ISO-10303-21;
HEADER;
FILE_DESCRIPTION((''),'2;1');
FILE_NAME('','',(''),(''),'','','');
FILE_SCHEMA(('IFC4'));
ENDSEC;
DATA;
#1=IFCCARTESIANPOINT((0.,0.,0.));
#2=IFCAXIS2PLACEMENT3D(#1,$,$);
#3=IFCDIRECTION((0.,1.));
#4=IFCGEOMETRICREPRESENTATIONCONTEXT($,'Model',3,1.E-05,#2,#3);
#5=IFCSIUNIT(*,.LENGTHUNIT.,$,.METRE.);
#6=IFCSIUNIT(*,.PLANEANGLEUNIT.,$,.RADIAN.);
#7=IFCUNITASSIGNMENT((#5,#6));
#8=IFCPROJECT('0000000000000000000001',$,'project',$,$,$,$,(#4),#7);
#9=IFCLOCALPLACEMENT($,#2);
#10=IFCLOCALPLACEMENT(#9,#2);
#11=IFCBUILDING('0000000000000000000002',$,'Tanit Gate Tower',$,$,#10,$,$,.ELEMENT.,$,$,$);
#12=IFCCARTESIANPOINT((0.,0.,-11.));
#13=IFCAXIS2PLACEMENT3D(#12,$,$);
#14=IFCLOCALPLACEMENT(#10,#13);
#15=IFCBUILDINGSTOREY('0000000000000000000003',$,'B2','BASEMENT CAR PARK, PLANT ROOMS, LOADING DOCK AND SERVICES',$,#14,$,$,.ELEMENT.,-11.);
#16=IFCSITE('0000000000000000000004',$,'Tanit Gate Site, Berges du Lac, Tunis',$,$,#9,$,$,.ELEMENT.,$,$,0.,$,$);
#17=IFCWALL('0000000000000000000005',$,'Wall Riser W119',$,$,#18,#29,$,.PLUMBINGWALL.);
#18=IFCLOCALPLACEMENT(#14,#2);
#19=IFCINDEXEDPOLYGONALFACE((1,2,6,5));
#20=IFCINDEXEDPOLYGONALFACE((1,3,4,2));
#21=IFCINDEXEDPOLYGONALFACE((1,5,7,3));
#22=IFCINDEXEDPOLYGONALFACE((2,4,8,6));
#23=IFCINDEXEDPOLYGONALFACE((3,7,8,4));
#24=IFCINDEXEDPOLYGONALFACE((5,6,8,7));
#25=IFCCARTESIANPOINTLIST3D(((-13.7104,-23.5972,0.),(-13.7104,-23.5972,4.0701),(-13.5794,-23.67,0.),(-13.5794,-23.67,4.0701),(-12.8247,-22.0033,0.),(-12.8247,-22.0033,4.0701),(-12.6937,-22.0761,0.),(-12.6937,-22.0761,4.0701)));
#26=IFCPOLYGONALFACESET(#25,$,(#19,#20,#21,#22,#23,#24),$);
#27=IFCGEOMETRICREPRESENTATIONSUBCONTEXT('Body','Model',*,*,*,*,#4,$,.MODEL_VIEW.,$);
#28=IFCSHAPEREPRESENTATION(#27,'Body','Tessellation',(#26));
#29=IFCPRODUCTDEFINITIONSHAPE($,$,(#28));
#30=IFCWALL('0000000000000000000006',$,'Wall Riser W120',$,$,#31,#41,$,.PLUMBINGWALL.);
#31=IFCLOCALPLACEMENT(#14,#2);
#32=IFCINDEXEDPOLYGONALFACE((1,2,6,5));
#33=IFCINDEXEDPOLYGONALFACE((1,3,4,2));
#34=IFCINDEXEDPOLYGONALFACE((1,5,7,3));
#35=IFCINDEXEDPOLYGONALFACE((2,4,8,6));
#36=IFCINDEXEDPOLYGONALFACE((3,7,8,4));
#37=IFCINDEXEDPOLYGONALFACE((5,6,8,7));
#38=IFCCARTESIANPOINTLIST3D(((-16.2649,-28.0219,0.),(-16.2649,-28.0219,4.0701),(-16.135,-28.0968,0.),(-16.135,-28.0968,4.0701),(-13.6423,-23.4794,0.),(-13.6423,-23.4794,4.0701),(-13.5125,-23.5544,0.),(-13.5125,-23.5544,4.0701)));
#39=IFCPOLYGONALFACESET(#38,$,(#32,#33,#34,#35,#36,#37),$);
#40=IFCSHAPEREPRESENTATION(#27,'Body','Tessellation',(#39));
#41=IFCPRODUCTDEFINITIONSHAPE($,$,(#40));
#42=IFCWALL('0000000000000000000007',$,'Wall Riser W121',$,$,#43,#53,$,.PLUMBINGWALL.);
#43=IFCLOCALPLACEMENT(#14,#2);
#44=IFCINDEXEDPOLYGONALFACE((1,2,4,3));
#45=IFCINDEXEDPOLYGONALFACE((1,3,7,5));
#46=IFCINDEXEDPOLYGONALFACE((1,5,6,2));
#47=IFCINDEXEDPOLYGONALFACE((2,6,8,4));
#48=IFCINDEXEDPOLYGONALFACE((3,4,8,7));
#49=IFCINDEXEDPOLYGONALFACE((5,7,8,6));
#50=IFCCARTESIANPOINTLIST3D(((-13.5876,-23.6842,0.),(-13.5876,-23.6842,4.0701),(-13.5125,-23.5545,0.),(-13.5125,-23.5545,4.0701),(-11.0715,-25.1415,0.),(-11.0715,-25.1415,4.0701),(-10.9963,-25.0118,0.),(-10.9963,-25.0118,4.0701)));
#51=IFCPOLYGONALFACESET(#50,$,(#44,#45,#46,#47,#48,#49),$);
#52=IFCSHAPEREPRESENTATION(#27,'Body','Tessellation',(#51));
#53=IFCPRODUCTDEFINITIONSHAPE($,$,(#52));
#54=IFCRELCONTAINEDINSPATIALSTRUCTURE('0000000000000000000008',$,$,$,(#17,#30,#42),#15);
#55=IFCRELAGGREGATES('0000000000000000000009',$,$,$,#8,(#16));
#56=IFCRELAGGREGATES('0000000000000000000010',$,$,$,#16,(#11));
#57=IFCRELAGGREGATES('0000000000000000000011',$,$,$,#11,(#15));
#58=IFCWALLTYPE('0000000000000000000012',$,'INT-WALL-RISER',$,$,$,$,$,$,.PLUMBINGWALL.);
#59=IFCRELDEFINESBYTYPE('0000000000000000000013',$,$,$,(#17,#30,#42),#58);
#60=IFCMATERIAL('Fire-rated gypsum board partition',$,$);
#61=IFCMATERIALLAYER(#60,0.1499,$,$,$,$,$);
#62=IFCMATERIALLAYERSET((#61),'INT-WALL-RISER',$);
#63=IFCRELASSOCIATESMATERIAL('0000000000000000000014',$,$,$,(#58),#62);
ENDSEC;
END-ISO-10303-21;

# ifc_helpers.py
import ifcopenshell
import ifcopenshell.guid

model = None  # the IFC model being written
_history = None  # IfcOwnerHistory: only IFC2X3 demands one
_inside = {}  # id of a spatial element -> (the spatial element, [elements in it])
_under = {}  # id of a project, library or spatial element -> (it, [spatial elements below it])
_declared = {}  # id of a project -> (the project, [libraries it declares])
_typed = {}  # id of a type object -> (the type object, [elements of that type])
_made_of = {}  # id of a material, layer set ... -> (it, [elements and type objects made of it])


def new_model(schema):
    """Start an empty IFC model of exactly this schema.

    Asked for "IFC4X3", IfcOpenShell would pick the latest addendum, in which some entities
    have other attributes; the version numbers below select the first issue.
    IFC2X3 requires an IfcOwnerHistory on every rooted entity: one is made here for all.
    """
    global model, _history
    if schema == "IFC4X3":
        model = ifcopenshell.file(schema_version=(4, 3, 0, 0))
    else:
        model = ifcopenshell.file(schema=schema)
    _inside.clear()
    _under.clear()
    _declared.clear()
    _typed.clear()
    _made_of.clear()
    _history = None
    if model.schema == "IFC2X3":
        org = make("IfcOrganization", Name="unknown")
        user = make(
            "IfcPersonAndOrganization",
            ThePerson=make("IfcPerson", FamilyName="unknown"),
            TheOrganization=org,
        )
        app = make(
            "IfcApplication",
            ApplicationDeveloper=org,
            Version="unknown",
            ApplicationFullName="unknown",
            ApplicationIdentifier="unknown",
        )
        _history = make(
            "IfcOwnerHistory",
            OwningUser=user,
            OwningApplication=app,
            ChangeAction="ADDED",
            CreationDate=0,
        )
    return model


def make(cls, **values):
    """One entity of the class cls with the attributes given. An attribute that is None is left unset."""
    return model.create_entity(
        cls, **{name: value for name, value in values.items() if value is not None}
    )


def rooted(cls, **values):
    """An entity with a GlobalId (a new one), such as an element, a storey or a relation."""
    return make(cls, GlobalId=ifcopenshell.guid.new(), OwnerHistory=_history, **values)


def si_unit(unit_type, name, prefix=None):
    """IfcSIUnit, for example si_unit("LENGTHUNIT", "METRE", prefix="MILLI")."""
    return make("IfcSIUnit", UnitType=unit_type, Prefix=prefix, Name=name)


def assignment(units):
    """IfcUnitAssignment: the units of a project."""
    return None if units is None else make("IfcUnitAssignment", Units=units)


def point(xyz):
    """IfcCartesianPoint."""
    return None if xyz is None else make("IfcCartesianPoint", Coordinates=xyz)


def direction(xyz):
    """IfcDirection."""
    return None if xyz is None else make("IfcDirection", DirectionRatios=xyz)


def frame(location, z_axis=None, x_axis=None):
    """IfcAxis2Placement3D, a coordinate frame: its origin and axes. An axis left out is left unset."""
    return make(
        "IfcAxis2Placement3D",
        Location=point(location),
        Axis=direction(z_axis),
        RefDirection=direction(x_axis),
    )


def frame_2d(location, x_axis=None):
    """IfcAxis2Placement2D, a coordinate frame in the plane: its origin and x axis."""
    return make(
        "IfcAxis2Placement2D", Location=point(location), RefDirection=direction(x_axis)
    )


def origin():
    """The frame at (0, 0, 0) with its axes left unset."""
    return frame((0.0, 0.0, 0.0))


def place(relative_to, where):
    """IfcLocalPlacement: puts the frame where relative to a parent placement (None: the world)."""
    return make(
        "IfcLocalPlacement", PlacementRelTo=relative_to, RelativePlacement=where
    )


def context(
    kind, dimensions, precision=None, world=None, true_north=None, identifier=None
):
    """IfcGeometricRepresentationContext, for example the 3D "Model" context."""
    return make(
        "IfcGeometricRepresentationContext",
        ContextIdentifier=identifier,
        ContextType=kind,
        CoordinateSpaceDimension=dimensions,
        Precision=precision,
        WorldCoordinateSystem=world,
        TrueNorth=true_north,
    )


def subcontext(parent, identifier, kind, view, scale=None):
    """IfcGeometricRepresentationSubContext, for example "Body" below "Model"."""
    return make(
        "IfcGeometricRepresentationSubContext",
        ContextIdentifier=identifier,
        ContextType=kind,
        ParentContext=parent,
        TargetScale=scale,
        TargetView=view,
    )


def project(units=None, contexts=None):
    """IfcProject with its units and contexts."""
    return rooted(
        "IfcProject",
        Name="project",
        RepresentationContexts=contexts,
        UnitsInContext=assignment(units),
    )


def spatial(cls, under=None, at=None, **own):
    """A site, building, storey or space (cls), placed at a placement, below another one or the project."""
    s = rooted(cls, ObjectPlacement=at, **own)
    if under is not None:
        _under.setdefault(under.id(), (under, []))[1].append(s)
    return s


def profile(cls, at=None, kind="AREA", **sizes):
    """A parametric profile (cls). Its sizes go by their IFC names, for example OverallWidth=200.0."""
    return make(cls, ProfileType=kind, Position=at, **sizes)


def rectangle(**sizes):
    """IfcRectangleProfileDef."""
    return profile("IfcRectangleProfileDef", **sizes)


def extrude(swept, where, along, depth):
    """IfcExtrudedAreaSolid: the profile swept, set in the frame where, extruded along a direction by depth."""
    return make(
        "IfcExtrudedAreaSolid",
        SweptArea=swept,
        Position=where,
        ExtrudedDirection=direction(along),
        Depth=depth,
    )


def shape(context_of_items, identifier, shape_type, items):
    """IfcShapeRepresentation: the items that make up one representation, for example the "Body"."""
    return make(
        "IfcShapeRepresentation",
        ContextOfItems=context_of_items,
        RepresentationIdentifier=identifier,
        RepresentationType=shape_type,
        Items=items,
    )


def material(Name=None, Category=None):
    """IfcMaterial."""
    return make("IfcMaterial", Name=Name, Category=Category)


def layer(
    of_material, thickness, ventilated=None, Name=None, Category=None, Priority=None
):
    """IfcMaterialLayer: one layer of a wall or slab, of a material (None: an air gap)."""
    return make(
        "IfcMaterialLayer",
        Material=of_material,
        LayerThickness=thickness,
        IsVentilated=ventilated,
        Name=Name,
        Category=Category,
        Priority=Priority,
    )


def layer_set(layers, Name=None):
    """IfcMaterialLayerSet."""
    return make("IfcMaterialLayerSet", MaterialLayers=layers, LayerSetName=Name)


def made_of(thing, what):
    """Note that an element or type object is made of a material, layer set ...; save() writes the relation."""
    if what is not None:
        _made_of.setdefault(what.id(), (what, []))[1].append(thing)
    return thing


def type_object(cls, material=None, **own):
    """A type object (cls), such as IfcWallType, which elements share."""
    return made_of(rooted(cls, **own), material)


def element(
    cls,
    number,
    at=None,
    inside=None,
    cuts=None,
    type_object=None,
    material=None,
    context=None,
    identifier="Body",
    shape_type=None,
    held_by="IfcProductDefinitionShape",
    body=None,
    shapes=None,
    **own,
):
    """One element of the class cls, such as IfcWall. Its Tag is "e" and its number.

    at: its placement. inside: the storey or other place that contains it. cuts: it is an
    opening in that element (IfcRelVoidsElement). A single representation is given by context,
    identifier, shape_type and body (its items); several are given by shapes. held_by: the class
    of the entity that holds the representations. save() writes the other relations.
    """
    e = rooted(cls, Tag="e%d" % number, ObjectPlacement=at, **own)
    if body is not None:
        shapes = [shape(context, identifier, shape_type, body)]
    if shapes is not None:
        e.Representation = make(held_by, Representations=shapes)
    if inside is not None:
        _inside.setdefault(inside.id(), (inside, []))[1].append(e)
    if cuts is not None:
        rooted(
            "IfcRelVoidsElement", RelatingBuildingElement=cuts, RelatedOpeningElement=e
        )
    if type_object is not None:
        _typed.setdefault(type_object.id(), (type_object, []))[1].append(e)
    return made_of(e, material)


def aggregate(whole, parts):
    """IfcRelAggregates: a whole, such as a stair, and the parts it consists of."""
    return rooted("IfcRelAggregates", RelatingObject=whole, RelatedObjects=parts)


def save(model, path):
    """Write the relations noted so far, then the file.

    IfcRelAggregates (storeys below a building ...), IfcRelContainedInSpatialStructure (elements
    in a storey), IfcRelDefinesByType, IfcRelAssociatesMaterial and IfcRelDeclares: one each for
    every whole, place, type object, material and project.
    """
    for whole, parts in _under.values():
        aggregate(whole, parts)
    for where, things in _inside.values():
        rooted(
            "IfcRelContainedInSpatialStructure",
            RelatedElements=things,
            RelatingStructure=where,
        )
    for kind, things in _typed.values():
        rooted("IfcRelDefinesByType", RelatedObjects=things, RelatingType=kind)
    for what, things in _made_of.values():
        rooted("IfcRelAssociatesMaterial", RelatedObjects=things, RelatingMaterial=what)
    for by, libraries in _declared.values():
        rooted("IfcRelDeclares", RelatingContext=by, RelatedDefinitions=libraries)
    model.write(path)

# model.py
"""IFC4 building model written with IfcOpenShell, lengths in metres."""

from ifc_helpers import new_model, si_unit, direction, frame, frame_2d, origin, place, context, subcontext, project, spatial, rectangle, extrude, material, layer, layer_set, type_object, element, save


model = new_model("IFC4")

# Units and contexts
model_context = context("Model", 3, precision=1e-05, world=origin(), true_north=direction((0.0, 1.0)))
body_context = subcontext(model_context, "Body", "Model", "MODEL_VIEW")
ifc_project = project(units=[si_unit("LENGTHUNIT", "METRE"), si_unit("PLANEANGLEUNIT", "RADIAN")], contexts=[model_context])

# Site, building, storey
site_placement = place(None, origin())
site = spatial("IfcSite", under=ifc_project, at=site_placement, Name="Tanit Gate Site, Berges du Lac, Tunis", CompositionType="ELEMENT", RefElevation=0.0)
building_placement = place(site_placement, origin())
building = spatial("IfcBuilding", under=site, at=building_placement, Name="Tanit Gate Tower", CompositionType="ELEMENT")
storey_placement = place(building_placement, frame((0.0, 0.0, -11.0)))
storey = spatial("IfcBuildingStorey", under=building, at=storey_placement, Name="B2", Description="BASEMENT CAR PARK, PLANT ROOMS, LOADING DOCK AND SERVICES", CompositionType="ELEMENT", Elevation=-11.0)

# Shared definitions
ifc_material_1 = material(Name="Fire-rated gypsum board partition")
ifc_layer_1 = layer(ifc_material_1, 0.1499)
ifc_layer_set_1 = layer_set([ifc_layer_1], Name="INT-WALL-RISER")
wall_type_1 = type_object("IfcWallType", Name="INT-WALL-RISER", PredefinedType="PLUMBINGWALL", material=ifc_layer_set_1)

# Walls
wall_1_placement = place(storey_placement, frame((-12.7593, -22.0398, 0.0), z_axis=(0.0, 0.0, 1.0), x_axis=(-0.485723, -0.874113, 0.0)))
element("IfcWall", 1, at=wall_1_placement, inside=storey, type_object=wall_type_1, Name="Wall Riser W119", PredefinedType="PLUMBINGWALL", context=body_context, shape_type="SweptSolid", body=[
    extrude(rectangle(XDim=1.8235, YDim=0.1499, at=frame_2d((0.9116, 0.0))), origin(), (0.0, 0.0, 1.0), 4.0701),
])
wall_2_placement = place(storey_placement, frame((-16.2, -28.0593, 0.0), z_axis=(0.0, 0.0, 1.0), x_axis=(0.499994, 0.866029, 0.0)))
element("IfcWall", 2, at=wall_2_placement, inside=storey, type_object=wall_type_1, Name="Wall Riser W120", PredefinedType="PLUMBINGWALL", context=body_context, shape_type="SweptSolid", body=[
    extrude(rectangle(XDim=5.2451, YDim=0.1499, at=frame_2d((2.6226, 0.0))), origin(), (0.0, 0.0, 1.0), 4.0701),
])
wall_3_placement = place(storey_placement, frame((-13.55, -23.6194, 0.0), z_axis=(0.0, 0.0, 1.0), x_axis=(0.86534, -0.501185, 0.0)))
element("IfcWall", 3, at=wall_3_placement, inside=storey, type_object=wall_type_1, Name="Wall Riser W121", PredefinedType="PLUMBINGWALL", context=body_context, shape_type="SweptSolid", body=[
    extrude(rectangle(XDim=2.9077, YDim=0.1499, at=frame_2d((1.4539, 0.0))), origin(), (0.0, 0.0, 1.0), 4.0701),
])

save(model, "model.ifc")
